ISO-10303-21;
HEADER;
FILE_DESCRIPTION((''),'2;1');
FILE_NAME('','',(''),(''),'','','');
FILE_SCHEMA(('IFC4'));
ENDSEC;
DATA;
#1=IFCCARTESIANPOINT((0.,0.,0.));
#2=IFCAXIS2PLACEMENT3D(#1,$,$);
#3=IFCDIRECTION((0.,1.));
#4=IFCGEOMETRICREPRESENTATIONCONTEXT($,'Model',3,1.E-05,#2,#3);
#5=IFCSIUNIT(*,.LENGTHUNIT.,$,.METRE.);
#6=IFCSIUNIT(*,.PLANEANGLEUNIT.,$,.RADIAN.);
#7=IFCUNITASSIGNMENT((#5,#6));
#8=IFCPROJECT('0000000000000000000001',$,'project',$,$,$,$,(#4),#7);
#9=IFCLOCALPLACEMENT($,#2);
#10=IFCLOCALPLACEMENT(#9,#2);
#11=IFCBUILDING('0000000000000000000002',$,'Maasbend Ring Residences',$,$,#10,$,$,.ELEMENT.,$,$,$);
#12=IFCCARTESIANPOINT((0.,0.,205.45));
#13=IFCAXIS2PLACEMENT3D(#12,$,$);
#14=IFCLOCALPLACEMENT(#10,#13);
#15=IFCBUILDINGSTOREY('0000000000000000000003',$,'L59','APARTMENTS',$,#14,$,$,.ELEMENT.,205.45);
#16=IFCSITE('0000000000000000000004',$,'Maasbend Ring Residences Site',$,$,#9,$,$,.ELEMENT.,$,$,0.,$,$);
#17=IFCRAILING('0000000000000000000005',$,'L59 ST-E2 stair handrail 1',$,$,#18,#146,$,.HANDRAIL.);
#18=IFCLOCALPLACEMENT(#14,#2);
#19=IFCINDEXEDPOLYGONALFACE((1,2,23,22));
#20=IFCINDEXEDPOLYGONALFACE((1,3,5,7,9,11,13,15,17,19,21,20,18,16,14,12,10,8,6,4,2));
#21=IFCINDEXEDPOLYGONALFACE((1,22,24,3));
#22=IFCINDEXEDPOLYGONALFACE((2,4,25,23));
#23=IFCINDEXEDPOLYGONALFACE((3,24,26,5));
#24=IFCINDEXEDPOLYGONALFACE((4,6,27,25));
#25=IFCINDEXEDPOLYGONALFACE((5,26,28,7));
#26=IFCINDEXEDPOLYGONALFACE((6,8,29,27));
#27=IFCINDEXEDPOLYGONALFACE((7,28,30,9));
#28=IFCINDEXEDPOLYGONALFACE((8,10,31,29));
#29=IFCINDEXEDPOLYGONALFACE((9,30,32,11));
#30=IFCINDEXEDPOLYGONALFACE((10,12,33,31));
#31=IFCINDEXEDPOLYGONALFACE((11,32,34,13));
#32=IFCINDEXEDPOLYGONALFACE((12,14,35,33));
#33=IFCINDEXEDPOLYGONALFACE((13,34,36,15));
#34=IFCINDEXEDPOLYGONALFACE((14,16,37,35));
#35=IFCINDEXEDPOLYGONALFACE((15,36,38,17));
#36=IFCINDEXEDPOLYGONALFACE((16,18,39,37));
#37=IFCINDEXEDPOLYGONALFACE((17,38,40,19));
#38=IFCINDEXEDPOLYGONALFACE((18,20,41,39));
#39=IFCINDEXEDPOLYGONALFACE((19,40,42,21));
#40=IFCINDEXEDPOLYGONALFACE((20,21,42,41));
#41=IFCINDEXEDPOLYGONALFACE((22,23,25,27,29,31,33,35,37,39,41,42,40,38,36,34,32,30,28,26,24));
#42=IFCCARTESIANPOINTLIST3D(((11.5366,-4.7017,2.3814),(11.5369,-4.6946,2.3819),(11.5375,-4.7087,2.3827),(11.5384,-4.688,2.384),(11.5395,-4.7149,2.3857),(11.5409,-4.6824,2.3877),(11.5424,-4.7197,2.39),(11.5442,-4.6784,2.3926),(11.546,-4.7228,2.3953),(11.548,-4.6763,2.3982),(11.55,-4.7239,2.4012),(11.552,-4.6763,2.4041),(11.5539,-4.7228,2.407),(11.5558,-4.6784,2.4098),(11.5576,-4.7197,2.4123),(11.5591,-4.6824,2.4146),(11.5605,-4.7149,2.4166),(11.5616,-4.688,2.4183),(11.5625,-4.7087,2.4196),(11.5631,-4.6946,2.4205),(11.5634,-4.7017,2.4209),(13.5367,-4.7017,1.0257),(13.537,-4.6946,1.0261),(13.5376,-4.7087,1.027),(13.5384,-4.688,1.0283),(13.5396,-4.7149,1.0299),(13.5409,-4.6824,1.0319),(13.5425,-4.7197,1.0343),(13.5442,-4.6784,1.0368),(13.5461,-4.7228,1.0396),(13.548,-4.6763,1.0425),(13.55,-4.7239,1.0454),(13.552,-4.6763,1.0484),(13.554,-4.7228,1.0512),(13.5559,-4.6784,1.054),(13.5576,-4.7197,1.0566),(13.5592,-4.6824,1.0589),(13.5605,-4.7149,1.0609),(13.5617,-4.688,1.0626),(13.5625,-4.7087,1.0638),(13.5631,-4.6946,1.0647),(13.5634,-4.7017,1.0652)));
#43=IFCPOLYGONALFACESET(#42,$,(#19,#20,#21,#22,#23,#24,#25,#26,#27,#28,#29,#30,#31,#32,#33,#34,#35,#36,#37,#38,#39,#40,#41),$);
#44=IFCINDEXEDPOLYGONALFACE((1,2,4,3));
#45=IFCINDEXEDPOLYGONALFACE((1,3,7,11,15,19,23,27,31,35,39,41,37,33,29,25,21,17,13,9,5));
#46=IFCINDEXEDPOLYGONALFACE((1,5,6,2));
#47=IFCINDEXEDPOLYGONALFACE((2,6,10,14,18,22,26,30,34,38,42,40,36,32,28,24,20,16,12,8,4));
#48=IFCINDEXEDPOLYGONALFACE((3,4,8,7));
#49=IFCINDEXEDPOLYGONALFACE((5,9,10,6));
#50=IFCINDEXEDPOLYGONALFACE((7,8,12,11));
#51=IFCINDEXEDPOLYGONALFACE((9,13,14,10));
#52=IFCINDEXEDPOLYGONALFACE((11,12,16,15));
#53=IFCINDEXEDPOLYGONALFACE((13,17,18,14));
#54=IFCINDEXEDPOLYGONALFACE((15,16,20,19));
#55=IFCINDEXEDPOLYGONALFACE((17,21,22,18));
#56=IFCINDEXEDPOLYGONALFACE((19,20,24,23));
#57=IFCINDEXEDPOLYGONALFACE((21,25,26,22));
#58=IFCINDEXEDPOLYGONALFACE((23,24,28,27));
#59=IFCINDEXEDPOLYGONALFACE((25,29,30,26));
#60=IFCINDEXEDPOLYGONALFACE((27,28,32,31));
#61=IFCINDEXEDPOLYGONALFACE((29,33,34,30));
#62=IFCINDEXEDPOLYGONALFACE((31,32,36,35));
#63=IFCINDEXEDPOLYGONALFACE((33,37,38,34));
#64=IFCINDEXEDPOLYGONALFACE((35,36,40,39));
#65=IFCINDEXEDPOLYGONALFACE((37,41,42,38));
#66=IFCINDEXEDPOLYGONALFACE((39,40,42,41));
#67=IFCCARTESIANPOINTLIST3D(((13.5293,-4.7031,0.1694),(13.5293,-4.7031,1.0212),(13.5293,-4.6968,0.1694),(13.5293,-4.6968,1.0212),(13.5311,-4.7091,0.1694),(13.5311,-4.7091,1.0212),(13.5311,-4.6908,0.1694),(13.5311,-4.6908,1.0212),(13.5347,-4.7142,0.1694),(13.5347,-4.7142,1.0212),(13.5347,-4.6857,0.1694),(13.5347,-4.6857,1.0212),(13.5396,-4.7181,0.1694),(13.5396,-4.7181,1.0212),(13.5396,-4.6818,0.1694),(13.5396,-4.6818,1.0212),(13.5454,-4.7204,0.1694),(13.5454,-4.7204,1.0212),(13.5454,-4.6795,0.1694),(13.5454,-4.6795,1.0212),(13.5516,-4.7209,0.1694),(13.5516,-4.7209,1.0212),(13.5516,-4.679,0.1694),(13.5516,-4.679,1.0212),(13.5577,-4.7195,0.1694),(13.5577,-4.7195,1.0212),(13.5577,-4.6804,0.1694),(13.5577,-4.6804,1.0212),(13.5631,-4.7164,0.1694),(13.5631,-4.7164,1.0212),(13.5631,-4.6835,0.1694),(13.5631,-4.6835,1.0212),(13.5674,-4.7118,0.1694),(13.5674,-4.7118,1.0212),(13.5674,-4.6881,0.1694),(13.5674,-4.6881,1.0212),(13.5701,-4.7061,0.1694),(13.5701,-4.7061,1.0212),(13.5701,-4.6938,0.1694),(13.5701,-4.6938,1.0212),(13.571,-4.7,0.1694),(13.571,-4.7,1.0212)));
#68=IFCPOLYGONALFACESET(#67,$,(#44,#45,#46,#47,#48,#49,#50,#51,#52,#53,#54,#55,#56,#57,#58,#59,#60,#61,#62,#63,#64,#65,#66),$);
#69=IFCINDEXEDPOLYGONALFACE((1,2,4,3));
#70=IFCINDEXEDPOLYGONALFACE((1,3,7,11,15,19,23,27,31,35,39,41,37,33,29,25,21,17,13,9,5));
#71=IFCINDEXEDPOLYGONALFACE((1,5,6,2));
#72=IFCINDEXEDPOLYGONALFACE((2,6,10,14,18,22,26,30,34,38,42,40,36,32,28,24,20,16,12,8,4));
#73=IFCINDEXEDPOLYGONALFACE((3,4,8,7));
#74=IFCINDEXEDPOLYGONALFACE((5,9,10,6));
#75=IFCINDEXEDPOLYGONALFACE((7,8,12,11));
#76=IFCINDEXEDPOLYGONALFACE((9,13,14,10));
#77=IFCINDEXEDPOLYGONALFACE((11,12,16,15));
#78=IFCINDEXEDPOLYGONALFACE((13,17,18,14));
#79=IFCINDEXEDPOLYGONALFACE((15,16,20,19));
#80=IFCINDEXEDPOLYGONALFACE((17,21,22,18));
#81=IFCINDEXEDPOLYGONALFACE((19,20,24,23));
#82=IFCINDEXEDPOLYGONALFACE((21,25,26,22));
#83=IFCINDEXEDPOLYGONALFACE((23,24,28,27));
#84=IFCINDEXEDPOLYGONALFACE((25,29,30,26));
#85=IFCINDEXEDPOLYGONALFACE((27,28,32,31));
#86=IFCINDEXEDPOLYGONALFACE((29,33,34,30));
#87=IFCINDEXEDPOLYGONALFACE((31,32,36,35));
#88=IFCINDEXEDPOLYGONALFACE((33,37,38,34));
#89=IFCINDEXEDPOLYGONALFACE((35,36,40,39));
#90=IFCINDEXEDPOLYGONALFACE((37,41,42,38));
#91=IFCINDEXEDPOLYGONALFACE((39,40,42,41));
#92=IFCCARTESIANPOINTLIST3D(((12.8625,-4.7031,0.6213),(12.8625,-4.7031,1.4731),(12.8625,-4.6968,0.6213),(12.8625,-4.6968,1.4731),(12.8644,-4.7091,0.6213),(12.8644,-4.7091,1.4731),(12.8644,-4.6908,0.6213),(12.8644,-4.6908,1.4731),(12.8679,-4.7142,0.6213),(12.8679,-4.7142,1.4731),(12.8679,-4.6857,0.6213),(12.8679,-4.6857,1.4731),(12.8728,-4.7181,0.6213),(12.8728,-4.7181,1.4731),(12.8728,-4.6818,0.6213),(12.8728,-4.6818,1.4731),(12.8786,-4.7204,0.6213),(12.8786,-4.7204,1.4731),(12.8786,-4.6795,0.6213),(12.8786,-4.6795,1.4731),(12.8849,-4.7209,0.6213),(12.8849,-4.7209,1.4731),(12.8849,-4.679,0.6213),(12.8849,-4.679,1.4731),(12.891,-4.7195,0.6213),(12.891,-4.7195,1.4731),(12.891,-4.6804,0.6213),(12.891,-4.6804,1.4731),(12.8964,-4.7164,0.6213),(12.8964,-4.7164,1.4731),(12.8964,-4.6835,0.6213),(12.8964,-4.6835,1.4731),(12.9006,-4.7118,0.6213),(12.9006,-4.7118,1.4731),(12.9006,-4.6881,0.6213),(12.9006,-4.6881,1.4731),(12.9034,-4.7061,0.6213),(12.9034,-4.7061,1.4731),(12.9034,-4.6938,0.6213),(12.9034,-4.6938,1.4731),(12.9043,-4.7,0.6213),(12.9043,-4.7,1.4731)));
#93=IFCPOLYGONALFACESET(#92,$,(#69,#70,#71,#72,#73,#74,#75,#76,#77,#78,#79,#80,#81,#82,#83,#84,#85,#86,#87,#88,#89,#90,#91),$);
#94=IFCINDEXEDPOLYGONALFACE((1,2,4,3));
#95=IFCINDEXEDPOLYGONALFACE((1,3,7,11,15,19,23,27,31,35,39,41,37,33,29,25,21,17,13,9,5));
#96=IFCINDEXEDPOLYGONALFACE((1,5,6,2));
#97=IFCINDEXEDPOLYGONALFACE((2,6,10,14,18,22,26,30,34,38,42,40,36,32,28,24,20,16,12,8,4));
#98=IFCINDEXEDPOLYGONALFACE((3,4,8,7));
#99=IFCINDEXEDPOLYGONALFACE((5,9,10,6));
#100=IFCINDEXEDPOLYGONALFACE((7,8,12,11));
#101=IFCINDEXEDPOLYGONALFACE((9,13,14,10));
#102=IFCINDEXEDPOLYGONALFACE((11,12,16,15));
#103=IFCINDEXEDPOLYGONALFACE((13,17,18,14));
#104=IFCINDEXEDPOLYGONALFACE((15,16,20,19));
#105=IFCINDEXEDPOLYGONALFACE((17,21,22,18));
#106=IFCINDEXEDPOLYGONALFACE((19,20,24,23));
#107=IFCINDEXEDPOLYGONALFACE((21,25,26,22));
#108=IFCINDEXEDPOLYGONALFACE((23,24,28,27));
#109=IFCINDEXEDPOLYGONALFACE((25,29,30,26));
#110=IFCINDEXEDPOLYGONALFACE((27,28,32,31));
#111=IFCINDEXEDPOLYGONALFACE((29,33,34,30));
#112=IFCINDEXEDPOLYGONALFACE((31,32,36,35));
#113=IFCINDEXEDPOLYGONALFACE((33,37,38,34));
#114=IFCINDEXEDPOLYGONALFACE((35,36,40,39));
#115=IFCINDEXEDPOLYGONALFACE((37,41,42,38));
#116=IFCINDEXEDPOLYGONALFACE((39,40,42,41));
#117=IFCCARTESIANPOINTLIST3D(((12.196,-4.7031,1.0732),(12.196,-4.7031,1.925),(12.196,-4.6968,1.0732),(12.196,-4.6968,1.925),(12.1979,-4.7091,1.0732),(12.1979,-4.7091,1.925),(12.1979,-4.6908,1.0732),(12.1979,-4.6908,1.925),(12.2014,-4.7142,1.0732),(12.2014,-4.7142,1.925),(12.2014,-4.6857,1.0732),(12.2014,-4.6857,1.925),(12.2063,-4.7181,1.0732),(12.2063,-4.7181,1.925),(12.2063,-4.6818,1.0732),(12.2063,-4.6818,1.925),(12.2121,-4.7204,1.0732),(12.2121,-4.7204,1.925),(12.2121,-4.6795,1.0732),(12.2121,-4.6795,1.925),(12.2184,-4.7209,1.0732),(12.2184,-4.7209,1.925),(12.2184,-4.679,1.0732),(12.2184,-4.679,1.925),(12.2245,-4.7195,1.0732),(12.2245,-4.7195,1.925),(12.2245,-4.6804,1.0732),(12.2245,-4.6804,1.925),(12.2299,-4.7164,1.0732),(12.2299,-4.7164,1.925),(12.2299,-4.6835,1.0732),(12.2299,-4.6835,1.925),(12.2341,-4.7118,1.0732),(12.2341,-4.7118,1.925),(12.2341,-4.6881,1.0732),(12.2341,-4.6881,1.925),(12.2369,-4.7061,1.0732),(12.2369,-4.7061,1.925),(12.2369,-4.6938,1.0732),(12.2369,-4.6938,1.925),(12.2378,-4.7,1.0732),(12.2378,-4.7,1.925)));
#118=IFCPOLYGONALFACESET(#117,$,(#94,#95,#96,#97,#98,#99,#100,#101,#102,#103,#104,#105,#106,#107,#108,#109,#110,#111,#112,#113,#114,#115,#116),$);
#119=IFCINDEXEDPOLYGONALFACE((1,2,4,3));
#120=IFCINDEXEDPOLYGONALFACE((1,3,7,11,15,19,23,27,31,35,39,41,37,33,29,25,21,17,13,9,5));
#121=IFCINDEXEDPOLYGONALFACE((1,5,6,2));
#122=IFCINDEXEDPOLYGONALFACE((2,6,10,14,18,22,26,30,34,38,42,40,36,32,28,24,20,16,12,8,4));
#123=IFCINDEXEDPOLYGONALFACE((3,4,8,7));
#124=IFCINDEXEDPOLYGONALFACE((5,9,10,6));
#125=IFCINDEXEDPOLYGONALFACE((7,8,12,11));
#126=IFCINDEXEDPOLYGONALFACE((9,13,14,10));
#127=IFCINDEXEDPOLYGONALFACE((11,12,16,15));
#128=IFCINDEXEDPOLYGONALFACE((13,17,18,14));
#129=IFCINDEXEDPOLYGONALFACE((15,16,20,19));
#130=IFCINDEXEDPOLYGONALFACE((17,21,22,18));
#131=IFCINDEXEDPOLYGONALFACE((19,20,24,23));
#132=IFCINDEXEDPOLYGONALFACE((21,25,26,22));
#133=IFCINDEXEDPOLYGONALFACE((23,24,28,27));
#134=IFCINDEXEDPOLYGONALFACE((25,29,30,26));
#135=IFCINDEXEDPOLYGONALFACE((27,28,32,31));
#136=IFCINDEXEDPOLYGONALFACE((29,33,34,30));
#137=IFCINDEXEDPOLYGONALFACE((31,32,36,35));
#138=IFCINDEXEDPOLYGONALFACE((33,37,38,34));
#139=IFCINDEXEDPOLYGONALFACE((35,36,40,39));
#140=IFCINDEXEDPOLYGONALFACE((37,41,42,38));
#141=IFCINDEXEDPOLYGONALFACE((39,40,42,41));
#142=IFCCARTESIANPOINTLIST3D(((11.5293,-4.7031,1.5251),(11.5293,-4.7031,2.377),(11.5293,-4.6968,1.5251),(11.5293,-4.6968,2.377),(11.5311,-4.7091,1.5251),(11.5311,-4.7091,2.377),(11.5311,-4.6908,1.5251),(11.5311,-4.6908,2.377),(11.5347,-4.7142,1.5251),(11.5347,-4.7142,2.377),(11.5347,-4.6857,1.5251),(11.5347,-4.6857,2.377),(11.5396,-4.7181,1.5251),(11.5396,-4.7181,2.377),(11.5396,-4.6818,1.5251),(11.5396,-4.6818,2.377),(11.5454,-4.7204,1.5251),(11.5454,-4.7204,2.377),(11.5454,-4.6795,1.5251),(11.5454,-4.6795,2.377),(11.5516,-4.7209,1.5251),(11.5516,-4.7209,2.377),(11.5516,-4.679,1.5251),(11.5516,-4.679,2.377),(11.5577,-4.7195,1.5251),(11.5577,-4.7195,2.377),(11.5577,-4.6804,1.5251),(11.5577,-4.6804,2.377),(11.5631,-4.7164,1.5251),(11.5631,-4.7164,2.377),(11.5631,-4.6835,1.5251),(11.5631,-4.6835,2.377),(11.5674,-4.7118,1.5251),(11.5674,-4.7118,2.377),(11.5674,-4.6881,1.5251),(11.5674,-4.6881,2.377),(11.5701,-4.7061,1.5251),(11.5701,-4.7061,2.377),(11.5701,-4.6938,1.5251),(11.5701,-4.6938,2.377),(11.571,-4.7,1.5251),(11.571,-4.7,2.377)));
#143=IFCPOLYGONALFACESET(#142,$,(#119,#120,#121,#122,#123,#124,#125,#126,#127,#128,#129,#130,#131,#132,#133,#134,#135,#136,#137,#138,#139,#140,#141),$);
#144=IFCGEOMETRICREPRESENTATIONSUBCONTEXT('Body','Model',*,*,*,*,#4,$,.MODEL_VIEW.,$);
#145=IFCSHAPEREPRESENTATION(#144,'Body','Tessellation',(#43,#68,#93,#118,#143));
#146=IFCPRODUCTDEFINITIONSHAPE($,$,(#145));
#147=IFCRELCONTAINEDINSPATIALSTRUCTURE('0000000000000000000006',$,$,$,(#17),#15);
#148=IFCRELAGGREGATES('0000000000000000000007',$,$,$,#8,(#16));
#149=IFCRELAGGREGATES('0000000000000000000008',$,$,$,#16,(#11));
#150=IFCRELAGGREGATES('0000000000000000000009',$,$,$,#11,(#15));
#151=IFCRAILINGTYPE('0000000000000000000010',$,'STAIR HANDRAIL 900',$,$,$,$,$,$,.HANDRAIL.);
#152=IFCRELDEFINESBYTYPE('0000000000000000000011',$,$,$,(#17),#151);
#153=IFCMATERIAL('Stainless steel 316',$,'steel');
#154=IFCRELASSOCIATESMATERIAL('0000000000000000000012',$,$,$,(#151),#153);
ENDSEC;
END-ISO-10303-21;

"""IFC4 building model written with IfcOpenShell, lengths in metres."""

from ifc_helpers import new_model, si_unit, direction, frame, origin, origin_2d, place, context, subcontext, project, spatial, circle, extrude, material, type_object, element, save


model = new_model("IFC4")

# Units and contexts
model_context = context("Model", 3, precision=1e-05, world=origin(), true_north=direction((0.0, 1.0)))
body_context = subcontext(model_context, "Body", "Model", "MODEL_VIEW")
ifc_project = project(units=[si_unit("LENGTHUNIT", "METRE"), si_unit("PLANEANGLEUNIT", "RADIAN")], contexts=[model_context])

# Site, building, storey
site_placement = place(None, origin())
site = spatial("IfcSite", under=ifc_project, at=site_placement, Name="Maasbend Ring Residences Site", CompositionType="ELEMENT", RefElevation=0.0)
building_placement = place(site_placement, origin())
building = spatial("IfcBuilding", under=site, at=building_placement, Name="Maasbend Ring Residences", CompositionType="ELEMENT")
storey_placement = place(building_placement, frame((0.0, 0.0, 205.45)))
storey = spatial("IfcBuildingStorey", under=building, at=storey_placement, Name="L59", Description="APARTMENTS", CompositionType="ELEMENT", Elevation=205.45)

# Railing
ifc_material_1 = material(Name="Stainless steel 316", Category="steel")
railing_type_1 = type_object("IfcRailingType", Name="STAIR HANDRAIL 900", PredefinedType="HANDRAIL", material=ifc_material_1)
railing_1_placement = place(storey_placement, frame((13.55, -4.7, 0.1694)))
element("IfcRailing", 1, at=railing_1_placement, inside=storey, type_object=railing_type_1, Name="L59 ST-E2 stair handrail 1", PredefinedType="HANDRAIL", context=body_context, shape_type="SweptSolid", body=[
    extrude(circle(Radius=0.0239, at=origin_2d()), frame((0.0, 0.0, 0.876), z_axis=(-0.827751, 0.0, 0.561096), x_axis=(0.0, -1.0, 0.0)), (0.0, 0.0, 1.0), 2.4163),
    extrude(circle(Radius=0.021, at=origin_2d()), origin(), (0.0, 0.0, 1.0), 0.8518),
    extrude(circle(Radius=0.021, at=origin_2d()), frame((-0.6667, 0.0, 0.4519)), (0.0, 0.0, 1.0), 0.8518),
    extrude(circle(Radius=0.021, at=origin_2d()), frame((-1.3333, 0.0, 0.9038)), (0.0, 0.0, 1.0), 0.8518),
    extrude(circle(Radius=0.021, at=origin_2d()), frame((-2.0, 0.0, 1.3557)), (0.0, 0.0, 1.0), 0.8518),
])

save(model, "model.ifc")
